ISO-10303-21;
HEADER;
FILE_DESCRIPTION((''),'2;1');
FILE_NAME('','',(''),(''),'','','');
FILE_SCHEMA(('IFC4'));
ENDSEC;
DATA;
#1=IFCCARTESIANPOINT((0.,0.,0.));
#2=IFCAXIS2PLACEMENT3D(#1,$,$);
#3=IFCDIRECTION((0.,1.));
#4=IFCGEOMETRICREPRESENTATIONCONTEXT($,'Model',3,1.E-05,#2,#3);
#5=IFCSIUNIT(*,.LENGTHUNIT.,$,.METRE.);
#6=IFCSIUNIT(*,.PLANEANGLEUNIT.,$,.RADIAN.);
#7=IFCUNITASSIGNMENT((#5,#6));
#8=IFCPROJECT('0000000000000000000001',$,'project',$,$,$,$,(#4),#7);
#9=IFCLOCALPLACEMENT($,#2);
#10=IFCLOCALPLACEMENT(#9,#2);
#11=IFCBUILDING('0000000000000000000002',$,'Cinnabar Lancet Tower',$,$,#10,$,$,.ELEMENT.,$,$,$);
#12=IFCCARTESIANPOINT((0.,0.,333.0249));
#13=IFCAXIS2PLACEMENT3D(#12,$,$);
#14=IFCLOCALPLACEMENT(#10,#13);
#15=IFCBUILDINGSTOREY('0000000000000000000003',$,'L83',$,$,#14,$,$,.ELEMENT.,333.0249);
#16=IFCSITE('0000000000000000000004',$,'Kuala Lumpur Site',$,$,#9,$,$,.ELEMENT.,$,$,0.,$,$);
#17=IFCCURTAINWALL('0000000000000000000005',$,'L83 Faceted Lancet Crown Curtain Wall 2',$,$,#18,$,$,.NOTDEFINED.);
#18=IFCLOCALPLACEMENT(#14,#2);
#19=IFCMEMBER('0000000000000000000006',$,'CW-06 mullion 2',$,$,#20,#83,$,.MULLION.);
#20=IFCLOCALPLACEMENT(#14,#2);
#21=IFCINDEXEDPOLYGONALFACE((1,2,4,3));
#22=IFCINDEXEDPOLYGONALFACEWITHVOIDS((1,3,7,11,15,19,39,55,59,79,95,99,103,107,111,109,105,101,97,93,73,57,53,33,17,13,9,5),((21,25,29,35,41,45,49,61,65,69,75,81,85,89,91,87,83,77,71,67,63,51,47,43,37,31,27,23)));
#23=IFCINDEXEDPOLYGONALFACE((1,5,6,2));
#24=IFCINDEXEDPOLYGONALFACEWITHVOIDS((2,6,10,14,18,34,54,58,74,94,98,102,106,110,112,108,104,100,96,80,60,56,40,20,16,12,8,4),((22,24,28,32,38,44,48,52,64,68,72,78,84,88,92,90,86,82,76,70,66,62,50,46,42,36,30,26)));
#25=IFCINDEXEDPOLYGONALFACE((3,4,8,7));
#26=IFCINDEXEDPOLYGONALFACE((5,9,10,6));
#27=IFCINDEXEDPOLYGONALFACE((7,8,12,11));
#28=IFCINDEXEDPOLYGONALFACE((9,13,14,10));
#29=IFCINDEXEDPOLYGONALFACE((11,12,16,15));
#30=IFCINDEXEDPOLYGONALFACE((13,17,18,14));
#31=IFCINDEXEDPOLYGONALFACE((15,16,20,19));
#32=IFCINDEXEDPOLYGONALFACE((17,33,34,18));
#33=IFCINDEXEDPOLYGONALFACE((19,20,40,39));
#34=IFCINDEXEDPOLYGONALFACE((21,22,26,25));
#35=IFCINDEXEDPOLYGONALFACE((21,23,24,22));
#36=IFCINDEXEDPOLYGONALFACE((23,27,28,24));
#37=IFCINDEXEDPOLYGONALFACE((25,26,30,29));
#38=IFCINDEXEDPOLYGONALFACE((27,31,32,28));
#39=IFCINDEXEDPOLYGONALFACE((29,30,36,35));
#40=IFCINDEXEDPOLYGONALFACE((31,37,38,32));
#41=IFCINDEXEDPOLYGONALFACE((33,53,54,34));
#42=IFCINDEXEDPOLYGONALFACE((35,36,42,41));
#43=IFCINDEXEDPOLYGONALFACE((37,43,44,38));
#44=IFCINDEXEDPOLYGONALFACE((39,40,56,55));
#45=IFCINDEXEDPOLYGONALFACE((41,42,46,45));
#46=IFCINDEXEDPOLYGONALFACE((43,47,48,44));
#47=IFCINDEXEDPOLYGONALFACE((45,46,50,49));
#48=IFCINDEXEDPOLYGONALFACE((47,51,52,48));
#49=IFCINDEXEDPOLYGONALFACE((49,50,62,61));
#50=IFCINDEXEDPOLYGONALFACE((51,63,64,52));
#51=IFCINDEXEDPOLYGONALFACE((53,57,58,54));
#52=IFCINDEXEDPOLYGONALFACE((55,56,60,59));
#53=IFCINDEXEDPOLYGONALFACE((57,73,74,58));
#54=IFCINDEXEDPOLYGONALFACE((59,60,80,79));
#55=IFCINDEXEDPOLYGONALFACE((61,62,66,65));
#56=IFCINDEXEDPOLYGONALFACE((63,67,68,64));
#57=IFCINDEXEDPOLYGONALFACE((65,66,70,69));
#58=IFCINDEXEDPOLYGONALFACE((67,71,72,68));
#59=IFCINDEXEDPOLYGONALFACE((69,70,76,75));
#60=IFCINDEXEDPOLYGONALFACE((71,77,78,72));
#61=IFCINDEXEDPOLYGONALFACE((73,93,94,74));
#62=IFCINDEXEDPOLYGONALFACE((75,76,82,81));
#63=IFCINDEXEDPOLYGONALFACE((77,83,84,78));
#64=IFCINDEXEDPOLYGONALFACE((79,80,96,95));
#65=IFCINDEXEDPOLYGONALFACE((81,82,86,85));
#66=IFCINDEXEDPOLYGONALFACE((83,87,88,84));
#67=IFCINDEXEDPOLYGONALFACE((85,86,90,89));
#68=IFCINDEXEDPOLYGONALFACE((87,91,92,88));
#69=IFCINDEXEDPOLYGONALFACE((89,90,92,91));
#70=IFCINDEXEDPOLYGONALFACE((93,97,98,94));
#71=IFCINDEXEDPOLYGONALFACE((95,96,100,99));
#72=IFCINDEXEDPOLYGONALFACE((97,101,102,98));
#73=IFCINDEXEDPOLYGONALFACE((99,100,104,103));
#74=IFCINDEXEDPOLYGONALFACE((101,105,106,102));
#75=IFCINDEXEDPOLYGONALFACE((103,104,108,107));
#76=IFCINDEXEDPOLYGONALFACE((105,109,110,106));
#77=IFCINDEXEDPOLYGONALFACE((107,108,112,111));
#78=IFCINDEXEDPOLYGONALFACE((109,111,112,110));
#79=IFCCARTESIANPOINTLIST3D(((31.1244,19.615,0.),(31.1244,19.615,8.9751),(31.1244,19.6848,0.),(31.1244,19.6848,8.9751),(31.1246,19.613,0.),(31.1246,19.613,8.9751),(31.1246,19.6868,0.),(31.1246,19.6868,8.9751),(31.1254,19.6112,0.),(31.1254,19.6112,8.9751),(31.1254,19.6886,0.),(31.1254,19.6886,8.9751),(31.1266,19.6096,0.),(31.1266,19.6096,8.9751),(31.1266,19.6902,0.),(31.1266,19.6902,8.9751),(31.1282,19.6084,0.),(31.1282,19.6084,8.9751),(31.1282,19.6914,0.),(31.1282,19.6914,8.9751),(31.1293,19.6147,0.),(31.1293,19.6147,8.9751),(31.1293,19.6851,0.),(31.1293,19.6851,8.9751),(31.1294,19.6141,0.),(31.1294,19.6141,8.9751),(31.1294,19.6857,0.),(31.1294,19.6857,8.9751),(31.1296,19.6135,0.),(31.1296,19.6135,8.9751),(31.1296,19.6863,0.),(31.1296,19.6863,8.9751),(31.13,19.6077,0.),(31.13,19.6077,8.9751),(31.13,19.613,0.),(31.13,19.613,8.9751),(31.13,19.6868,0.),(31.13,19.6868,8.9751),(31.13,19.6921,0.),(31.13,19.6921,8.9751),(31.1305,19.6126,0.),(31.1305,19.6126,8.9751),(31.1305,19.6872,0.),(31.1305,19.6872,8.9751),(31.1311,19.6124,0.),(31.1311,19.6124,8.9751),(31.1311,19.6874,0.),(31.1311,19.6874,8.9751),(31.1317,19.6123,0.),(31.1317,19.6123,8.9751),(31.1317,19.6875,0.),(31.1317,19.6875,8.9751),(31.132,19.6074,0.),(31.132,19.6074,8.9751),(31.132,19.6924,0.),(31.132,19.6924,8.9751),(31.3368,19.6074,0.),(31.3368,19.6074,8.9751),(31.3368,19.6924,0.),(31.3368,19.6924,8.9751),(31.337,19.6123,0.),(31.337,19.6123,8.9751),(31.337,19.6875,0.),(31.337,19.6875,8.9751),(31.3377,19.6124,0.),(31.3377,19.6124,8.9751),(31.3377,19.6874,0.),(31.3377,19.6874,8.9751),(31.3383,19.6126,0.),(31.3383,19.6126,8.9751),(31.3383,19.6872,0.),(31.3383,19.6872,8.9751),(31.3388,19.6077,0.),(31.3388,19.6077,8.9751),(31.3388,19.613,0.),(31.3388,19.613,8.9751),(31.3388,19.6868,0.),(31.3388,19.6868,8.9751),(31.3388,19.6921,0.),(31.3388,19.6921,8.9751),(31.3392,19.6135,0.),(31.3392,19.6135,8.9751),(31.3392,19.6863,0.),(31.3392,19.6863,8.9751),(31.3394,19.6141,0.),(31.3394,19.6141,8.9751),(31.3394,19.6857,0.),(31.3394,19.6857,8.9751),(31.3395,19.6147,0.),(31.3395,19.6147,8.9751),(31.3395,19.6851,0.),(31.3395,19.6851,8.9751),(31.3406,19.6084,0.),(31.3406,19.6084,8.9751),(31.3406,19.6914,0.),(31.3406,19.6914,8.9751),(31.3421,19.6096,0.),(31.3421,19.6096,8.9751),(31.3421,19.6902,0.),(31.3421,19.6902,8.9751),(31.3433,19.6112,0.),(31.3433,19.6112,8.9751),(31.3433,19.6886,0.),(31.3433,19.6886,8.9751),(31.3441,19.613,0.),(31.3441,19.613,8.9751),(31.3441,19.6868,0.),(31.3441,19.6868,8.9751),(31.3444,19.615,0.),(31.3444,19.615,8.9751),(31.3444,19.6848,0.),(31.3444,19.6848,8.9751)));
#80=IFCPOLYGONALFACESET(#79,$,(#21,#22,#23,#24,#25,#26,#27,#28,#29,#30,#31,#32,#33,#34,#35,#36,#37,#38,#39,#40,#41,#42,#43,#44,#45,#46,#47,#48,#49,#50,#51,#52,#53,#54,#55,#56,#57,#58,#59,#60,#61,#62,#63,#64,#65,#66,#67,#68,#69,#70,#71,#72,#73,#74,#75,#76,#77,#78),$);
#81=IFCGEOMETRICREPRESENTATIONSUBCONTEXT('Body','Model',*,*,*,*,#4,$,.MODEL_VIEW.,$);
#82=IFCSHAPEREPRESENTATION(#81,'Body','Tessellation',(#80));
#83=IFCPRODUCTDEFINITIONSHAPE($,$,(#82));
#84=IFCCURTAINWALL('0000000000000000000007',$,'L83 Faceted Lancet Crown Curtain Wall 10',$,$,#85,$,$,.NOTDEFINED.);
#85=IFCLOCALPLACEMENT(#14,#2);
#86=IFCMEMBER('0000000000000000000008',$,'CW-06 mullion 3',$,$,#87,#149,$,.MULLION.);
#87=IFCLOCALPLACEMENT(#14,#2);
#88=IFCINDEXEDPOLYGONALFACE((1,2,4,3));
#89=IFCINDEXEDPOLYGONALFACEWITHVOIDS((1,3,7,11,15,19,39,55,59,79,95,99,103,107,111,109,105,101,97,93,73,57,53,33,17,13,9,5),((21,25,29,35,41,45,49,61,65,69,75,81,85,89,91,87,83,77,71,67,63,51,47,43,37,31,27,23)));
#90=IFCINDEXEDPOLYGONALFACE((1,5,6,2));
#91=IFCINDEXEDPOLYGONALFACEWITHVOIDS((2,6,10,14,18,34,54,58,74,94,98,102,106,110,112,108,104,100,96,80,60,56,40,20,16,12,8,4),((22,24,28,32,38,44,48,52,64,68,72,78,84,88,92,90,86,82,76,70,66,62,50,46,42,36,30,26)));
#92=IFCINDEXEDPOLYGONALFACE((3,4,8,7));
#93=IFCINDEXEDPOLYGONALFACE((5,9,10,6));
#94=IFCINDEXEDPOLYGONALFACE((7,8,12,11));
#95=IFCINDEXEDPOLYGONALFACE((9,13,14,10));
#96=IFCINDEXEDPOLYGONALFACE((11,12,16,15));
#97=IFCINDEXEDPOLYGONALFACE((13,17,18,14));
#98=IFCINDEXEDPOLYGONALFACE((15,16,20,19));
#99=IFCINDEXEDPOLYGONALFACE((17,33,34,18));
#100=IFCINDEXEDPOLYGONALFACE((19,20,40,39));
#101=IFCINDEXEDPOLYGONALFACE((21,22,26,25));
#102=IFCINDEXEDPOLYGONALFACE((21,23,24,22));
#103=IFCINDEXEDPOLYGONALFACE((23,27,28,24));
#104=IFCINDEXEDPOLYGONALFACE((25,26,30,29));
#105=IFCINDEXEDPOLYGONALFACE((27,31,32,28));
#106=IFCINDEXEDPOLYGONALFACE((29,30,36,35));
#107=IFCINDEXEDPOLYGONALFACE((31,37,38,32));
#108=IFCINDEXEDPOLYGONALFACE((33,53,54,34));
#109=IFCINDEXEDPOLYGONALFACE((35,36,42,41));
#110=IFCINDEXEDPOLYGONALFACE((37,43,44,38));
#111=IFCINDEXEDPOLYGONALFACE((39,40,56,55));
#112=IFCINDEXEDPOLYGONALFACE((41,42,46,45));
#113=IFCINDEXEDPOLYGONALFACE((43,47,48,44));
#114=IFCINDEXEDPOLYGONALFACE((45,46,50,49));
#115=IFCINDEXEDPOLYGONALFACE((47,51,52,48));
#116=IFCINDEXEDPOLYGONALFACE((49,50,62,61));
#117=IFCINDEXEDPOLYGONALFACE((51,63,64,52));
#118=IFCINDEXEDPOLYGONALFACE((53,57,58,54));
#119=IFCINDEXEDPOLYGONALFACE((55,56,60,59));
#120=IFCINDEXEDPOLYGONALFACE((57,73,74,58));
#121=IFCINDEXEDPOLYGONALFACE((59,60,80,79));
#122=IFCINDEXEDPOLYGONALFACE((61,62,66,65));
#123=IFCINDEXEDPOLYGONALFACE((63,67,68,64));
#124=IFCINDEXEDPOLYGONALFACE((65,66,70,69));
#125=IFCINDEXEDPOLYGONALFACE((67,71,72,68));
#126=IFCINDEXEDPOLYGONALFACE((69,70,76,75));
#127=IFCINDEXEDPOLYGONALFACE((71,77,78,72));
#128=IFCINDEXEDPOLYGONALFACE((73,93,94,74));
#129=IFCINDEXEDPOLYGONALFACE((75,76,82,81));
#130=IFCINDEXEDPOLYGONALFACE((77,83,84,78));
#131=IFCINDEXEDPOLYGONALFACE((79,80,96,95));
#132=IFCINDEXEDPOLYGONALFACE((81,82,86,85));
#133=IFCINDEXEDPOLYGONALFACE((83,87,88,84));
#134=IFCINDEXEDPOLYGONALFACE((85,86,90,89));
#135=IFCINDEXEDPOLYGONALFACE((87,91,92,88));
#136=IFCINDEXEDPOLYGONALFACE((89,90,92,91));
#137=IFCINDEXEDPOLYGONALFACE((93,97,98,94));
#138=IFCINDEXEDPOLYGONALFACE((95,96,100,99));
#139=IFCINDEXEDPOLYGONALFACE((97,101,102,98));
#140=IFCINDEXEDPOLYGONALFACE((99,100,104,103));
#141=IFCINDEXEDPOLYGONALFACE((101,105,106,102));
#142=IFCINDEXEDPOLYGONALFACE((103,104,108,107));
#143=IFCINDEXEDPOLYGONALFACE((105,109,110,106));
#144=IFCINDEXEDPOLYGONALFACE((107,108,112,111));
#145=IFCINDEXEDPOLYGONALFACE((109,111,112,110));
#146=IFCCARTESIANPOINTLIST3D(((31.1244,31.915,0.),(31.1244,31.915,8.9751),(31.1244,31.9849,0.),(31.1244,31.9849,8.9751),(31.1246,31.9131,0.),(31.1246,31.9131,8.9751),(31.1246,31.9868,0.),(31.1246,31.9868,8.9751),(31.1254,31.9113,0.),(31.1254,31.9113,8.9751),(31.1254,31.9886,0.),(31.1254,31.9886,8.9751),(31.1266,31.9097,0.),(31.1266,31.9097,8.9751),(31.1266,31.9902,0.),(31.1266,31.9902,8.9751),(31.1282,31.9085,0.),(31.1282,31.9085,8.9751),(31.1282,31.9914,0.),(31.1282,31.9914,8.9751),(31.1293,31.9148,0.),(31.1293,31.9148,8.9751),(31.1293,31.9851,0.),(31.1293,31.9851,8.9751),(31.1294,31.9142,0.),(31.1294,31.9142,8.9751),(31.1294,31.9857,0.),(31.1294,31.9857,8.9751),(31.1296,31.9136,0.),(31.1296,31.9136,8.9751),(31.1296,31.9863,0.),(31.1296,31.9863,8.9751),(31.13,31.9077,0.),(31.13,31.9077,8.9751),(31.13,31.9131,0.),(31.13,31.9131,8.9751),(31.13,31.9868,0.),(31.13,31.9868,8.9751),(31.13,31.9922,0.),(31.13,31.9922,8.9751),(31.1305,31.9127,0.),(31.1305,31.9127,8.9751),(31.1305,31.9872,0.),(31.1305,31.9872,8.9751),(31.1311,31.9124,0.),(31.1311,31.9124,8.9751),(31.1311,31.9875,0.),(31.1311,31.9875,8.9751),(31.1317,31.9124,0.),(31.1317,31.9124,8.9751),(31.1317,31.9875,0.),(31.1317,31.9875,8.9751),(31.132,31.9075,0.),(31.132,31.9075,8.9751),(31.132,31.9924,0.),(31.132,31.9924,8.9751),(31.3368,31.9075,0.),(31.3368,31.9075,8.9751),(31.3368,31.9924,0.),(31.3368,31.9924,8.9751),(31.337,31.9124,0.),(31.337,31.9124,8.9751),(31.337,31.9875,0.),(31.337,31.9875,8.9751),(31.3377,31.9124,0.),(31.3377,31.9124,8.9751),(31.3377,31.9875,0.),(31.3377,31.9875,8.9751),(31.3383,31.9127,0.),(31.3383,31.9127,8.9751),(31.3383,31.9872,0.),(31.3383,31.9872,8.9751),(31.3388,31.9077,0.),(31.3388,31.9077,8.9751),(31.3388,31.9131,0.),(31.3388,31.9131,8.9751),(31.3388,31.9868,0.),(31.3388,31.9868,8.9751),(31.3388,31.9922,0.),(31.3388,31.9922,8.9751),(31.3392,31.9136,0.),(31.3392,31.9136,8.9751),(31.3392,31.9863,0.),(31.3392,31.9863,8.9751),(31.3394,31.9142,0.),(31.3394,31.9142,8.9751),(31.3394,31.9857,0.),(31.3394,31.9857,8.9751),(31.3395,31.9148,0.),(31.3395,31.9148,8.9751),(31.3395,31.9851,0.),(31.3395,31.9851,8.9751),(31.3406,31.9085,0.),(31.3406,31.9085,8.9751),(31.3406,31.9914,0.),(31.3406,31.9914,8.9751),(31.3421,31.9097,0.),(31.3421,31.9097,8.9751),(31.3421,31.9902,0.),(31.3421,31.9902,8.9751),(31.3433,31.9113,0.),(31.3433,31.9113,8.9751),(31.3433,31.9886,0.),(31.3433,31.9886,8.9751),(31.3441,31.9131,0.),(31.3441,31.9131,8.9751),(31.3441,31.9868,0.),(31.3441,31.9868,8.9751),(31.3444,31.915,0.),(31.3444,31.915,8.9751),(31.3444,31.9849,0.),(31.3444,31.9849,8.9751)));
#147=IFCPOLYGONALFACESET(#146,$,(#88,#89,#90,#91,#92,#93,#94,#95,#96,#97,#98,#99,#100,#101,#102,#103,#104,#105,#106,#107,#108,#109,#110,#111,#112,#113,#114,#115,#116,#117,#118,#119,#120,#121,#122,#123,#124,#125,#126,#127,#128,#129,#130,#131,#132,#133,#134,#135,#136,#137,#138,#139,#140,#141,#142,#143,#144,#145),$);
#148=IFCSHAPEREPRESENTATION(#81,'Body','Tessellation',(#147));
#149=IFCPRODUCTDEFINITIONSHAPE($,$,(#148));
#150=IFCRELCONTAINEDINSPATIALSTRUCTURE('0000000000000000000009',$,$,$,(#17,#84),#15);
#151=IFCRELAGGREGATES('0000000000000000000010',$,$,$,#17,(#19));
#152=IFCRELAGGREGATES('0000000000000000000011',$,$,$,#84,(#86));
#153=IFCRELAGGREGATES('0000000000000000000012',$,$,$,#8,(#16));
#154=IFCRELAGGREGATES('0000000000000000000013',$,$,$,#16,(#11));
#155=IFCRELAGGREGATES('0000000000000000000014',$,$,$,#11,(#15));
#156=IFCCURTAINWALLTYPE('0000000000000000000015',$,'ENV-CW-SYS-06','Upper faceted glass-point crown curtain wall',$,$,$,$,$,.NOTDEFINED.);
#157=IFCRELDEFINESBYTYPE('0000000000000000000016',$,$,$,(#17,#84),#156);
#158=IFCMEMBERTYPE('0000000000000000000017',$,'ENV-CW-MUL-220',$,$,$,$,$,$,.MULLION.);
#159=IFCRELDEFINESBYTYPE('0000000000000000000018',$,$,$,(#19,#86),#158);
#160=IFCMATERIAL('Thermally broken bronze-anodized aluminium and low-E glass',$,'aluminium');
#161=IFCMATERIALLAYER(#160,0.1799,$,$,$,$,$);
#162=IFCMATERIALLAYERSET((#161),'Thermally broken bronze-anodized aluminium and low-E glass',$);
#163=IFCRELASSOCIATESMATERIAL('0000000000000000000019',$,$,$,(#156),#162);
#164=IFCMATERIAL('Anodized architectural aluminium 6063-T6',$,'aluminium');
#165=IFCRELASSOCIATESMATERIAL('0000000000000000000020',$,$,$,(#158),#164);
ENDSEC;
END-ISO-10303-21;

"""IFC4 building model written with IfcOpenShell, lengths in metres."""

from ifc_helpers import new_model, si_unit, direction, frame, origin, origin_2d, place, context, subcontext, project, spatial, hollow_rectangle, extrude, material, layer, layer_set, material_profile, profile_set, type_object, element, aggregate, save


model = new_model("IFC4")

# Units and contexts
model_context = context("Model", 3, precision=1e-05, world=origin(), true_north=direction((0.0, 1.0)))
body_context = subcontext(model_context, "Body", "Model", "MODEL_VIEW")
ifc_project = project(units=[si_unit("LENGTHUNIT", "METRE"), si_unit("PLANEANGLEUNIT", "RADIAN")], contexts=[model_context])

# Site, building, storey
site_placement = place(None, origin())
site = spatial("IfcSite", under=ifc_project, at=site_placement, Name="Kuala Lumpur Site", CompositionType="ELEMENT", RefElevation=0.0)
building_placement = place(site_placement, origin())
building = spatial("IfcBuilding", under=site, at=building_placement, Name="Cinnabar Lancet Tower", CompositionType="ELEMENT")
storey_placement = place(building_placement, frame((0.0, 0.0, 333.0249)))
storey = spatial("IfcBuildingStorey", under=building, at=storey_placement, Name="L83", CompositionType="ELEMENT", Elevation=333.0249)

# Curtain walls, members
ifc_material_1 = material(Name="Thermally broken bronze-anodized aluminium and low-E glass", Category="aluminium")
ifc_layer_1 = layer(ifc_material_1, 0.1799)
ifc_layer_set_1 = layer_set([ifc_layer_1], Name="Thermally broken bronze-anodized aluminium and low-E glass")
curtain_wall_type = type_object("IfcCurtainWallType", Name="ENV-CW-SYS-06", Description="Upper faceted glass-point crown curtain wall", PredefinedType="NOTDEFINED", material=ifc_layer_set_1)
curtain_wall_1_placement = place(storey_placement, origin())
curtain_wall_1 = element("IfcCurtainWall", 1, at=curtain_wall_1_placement, inside=storey, type_object=curtain_wall_type, Name="L83 Faceted Lancet Crown Curtain Wall 2", PredefinedType="NOTDEFINED")
ifc_material_2 = material(Name="Anodized architectural aluminium 6063-T6", Category="aluminium")
ifc_material_profile_1 = material_profile(ifc_material_2, hollow_rectangle(XDim=0.085, YDim=0.22, WallThickness=0.0049, InnerFilletRadius=0.0024, OuterFilletRadius=0.0076, at=origin_2d()), Name="CW-MUL 220x85x5")
ifc_profile_set_1 = profile_set([ifc_material_profile_1], Name="Anodized architectural aluminium 6063-T6")
member_type_1 = type_object("IfcMemberType", Name="ENV-CW-MUL-220", PredefinedType="MULLION", material=ifc_profile_set_1)
member_1_placement = place(storey_placement, frame((31.2344, 19.6499, 0.0), z_axis=(0.0, 0.0, 1.0), x_axis=(0.0, 1.0, 0.0)))
member_1 = element("IfcMember", 2, at=member_1_placement, type_object=member_type_1, Name="CW-06 mullion 2", PredefinedType="MULLION", context=body_context, shape_type="SweptSolid", body=[
    extrude(hollow_rectangle(XDim=0.085, YDim=0.22, WallThickness=0.0049, InnerFilletRadius=0.0024, OuterFilletRadius=0.0076, at=origin_2d()), origin(), (0.0, 0.0, 1.0), 8.9751),
])
curtain_wall_2_placement = place(storey_placement, origin())
curtain_wall_2 = element("IfcCurtainWall", 3, at=curtain_wall_2_placement, inside=storey, type_object=curtain_wall_type, Name="L83 Faceted Lancet Crown Curtain Wall 10", PredefinedType="NOTDEFINED")
member_2_placement = place(storey_placement, frame((31.2344, 31.95, 0.0), z_axis=(0.0, 0.0, 1.0), x_axis=(0.0, -1.0, 0.0)))
member_2 = element("IfcMember", 4, at=member_2_placement, type_object=member_type_1, Name="CW-06 mullion 3", PredefinedType="MULLION", context=body_context, shape_type="SweptSolid", body=[
    extrude(hollow_rectangle(XDim=0.085, YDim=0.22, WallThickness=0.0049, InnerFilletRadius=0.0024, OuterFilletRadius=0.0076, at=origin_2d()), origin(), (0.0, 0.0, 1.0), 8.9751),
])

aggregate(curtain_wall_1, [member_1])
aggregate(curtain_wall_2, [member_2])

save(model, "model.ifc")
